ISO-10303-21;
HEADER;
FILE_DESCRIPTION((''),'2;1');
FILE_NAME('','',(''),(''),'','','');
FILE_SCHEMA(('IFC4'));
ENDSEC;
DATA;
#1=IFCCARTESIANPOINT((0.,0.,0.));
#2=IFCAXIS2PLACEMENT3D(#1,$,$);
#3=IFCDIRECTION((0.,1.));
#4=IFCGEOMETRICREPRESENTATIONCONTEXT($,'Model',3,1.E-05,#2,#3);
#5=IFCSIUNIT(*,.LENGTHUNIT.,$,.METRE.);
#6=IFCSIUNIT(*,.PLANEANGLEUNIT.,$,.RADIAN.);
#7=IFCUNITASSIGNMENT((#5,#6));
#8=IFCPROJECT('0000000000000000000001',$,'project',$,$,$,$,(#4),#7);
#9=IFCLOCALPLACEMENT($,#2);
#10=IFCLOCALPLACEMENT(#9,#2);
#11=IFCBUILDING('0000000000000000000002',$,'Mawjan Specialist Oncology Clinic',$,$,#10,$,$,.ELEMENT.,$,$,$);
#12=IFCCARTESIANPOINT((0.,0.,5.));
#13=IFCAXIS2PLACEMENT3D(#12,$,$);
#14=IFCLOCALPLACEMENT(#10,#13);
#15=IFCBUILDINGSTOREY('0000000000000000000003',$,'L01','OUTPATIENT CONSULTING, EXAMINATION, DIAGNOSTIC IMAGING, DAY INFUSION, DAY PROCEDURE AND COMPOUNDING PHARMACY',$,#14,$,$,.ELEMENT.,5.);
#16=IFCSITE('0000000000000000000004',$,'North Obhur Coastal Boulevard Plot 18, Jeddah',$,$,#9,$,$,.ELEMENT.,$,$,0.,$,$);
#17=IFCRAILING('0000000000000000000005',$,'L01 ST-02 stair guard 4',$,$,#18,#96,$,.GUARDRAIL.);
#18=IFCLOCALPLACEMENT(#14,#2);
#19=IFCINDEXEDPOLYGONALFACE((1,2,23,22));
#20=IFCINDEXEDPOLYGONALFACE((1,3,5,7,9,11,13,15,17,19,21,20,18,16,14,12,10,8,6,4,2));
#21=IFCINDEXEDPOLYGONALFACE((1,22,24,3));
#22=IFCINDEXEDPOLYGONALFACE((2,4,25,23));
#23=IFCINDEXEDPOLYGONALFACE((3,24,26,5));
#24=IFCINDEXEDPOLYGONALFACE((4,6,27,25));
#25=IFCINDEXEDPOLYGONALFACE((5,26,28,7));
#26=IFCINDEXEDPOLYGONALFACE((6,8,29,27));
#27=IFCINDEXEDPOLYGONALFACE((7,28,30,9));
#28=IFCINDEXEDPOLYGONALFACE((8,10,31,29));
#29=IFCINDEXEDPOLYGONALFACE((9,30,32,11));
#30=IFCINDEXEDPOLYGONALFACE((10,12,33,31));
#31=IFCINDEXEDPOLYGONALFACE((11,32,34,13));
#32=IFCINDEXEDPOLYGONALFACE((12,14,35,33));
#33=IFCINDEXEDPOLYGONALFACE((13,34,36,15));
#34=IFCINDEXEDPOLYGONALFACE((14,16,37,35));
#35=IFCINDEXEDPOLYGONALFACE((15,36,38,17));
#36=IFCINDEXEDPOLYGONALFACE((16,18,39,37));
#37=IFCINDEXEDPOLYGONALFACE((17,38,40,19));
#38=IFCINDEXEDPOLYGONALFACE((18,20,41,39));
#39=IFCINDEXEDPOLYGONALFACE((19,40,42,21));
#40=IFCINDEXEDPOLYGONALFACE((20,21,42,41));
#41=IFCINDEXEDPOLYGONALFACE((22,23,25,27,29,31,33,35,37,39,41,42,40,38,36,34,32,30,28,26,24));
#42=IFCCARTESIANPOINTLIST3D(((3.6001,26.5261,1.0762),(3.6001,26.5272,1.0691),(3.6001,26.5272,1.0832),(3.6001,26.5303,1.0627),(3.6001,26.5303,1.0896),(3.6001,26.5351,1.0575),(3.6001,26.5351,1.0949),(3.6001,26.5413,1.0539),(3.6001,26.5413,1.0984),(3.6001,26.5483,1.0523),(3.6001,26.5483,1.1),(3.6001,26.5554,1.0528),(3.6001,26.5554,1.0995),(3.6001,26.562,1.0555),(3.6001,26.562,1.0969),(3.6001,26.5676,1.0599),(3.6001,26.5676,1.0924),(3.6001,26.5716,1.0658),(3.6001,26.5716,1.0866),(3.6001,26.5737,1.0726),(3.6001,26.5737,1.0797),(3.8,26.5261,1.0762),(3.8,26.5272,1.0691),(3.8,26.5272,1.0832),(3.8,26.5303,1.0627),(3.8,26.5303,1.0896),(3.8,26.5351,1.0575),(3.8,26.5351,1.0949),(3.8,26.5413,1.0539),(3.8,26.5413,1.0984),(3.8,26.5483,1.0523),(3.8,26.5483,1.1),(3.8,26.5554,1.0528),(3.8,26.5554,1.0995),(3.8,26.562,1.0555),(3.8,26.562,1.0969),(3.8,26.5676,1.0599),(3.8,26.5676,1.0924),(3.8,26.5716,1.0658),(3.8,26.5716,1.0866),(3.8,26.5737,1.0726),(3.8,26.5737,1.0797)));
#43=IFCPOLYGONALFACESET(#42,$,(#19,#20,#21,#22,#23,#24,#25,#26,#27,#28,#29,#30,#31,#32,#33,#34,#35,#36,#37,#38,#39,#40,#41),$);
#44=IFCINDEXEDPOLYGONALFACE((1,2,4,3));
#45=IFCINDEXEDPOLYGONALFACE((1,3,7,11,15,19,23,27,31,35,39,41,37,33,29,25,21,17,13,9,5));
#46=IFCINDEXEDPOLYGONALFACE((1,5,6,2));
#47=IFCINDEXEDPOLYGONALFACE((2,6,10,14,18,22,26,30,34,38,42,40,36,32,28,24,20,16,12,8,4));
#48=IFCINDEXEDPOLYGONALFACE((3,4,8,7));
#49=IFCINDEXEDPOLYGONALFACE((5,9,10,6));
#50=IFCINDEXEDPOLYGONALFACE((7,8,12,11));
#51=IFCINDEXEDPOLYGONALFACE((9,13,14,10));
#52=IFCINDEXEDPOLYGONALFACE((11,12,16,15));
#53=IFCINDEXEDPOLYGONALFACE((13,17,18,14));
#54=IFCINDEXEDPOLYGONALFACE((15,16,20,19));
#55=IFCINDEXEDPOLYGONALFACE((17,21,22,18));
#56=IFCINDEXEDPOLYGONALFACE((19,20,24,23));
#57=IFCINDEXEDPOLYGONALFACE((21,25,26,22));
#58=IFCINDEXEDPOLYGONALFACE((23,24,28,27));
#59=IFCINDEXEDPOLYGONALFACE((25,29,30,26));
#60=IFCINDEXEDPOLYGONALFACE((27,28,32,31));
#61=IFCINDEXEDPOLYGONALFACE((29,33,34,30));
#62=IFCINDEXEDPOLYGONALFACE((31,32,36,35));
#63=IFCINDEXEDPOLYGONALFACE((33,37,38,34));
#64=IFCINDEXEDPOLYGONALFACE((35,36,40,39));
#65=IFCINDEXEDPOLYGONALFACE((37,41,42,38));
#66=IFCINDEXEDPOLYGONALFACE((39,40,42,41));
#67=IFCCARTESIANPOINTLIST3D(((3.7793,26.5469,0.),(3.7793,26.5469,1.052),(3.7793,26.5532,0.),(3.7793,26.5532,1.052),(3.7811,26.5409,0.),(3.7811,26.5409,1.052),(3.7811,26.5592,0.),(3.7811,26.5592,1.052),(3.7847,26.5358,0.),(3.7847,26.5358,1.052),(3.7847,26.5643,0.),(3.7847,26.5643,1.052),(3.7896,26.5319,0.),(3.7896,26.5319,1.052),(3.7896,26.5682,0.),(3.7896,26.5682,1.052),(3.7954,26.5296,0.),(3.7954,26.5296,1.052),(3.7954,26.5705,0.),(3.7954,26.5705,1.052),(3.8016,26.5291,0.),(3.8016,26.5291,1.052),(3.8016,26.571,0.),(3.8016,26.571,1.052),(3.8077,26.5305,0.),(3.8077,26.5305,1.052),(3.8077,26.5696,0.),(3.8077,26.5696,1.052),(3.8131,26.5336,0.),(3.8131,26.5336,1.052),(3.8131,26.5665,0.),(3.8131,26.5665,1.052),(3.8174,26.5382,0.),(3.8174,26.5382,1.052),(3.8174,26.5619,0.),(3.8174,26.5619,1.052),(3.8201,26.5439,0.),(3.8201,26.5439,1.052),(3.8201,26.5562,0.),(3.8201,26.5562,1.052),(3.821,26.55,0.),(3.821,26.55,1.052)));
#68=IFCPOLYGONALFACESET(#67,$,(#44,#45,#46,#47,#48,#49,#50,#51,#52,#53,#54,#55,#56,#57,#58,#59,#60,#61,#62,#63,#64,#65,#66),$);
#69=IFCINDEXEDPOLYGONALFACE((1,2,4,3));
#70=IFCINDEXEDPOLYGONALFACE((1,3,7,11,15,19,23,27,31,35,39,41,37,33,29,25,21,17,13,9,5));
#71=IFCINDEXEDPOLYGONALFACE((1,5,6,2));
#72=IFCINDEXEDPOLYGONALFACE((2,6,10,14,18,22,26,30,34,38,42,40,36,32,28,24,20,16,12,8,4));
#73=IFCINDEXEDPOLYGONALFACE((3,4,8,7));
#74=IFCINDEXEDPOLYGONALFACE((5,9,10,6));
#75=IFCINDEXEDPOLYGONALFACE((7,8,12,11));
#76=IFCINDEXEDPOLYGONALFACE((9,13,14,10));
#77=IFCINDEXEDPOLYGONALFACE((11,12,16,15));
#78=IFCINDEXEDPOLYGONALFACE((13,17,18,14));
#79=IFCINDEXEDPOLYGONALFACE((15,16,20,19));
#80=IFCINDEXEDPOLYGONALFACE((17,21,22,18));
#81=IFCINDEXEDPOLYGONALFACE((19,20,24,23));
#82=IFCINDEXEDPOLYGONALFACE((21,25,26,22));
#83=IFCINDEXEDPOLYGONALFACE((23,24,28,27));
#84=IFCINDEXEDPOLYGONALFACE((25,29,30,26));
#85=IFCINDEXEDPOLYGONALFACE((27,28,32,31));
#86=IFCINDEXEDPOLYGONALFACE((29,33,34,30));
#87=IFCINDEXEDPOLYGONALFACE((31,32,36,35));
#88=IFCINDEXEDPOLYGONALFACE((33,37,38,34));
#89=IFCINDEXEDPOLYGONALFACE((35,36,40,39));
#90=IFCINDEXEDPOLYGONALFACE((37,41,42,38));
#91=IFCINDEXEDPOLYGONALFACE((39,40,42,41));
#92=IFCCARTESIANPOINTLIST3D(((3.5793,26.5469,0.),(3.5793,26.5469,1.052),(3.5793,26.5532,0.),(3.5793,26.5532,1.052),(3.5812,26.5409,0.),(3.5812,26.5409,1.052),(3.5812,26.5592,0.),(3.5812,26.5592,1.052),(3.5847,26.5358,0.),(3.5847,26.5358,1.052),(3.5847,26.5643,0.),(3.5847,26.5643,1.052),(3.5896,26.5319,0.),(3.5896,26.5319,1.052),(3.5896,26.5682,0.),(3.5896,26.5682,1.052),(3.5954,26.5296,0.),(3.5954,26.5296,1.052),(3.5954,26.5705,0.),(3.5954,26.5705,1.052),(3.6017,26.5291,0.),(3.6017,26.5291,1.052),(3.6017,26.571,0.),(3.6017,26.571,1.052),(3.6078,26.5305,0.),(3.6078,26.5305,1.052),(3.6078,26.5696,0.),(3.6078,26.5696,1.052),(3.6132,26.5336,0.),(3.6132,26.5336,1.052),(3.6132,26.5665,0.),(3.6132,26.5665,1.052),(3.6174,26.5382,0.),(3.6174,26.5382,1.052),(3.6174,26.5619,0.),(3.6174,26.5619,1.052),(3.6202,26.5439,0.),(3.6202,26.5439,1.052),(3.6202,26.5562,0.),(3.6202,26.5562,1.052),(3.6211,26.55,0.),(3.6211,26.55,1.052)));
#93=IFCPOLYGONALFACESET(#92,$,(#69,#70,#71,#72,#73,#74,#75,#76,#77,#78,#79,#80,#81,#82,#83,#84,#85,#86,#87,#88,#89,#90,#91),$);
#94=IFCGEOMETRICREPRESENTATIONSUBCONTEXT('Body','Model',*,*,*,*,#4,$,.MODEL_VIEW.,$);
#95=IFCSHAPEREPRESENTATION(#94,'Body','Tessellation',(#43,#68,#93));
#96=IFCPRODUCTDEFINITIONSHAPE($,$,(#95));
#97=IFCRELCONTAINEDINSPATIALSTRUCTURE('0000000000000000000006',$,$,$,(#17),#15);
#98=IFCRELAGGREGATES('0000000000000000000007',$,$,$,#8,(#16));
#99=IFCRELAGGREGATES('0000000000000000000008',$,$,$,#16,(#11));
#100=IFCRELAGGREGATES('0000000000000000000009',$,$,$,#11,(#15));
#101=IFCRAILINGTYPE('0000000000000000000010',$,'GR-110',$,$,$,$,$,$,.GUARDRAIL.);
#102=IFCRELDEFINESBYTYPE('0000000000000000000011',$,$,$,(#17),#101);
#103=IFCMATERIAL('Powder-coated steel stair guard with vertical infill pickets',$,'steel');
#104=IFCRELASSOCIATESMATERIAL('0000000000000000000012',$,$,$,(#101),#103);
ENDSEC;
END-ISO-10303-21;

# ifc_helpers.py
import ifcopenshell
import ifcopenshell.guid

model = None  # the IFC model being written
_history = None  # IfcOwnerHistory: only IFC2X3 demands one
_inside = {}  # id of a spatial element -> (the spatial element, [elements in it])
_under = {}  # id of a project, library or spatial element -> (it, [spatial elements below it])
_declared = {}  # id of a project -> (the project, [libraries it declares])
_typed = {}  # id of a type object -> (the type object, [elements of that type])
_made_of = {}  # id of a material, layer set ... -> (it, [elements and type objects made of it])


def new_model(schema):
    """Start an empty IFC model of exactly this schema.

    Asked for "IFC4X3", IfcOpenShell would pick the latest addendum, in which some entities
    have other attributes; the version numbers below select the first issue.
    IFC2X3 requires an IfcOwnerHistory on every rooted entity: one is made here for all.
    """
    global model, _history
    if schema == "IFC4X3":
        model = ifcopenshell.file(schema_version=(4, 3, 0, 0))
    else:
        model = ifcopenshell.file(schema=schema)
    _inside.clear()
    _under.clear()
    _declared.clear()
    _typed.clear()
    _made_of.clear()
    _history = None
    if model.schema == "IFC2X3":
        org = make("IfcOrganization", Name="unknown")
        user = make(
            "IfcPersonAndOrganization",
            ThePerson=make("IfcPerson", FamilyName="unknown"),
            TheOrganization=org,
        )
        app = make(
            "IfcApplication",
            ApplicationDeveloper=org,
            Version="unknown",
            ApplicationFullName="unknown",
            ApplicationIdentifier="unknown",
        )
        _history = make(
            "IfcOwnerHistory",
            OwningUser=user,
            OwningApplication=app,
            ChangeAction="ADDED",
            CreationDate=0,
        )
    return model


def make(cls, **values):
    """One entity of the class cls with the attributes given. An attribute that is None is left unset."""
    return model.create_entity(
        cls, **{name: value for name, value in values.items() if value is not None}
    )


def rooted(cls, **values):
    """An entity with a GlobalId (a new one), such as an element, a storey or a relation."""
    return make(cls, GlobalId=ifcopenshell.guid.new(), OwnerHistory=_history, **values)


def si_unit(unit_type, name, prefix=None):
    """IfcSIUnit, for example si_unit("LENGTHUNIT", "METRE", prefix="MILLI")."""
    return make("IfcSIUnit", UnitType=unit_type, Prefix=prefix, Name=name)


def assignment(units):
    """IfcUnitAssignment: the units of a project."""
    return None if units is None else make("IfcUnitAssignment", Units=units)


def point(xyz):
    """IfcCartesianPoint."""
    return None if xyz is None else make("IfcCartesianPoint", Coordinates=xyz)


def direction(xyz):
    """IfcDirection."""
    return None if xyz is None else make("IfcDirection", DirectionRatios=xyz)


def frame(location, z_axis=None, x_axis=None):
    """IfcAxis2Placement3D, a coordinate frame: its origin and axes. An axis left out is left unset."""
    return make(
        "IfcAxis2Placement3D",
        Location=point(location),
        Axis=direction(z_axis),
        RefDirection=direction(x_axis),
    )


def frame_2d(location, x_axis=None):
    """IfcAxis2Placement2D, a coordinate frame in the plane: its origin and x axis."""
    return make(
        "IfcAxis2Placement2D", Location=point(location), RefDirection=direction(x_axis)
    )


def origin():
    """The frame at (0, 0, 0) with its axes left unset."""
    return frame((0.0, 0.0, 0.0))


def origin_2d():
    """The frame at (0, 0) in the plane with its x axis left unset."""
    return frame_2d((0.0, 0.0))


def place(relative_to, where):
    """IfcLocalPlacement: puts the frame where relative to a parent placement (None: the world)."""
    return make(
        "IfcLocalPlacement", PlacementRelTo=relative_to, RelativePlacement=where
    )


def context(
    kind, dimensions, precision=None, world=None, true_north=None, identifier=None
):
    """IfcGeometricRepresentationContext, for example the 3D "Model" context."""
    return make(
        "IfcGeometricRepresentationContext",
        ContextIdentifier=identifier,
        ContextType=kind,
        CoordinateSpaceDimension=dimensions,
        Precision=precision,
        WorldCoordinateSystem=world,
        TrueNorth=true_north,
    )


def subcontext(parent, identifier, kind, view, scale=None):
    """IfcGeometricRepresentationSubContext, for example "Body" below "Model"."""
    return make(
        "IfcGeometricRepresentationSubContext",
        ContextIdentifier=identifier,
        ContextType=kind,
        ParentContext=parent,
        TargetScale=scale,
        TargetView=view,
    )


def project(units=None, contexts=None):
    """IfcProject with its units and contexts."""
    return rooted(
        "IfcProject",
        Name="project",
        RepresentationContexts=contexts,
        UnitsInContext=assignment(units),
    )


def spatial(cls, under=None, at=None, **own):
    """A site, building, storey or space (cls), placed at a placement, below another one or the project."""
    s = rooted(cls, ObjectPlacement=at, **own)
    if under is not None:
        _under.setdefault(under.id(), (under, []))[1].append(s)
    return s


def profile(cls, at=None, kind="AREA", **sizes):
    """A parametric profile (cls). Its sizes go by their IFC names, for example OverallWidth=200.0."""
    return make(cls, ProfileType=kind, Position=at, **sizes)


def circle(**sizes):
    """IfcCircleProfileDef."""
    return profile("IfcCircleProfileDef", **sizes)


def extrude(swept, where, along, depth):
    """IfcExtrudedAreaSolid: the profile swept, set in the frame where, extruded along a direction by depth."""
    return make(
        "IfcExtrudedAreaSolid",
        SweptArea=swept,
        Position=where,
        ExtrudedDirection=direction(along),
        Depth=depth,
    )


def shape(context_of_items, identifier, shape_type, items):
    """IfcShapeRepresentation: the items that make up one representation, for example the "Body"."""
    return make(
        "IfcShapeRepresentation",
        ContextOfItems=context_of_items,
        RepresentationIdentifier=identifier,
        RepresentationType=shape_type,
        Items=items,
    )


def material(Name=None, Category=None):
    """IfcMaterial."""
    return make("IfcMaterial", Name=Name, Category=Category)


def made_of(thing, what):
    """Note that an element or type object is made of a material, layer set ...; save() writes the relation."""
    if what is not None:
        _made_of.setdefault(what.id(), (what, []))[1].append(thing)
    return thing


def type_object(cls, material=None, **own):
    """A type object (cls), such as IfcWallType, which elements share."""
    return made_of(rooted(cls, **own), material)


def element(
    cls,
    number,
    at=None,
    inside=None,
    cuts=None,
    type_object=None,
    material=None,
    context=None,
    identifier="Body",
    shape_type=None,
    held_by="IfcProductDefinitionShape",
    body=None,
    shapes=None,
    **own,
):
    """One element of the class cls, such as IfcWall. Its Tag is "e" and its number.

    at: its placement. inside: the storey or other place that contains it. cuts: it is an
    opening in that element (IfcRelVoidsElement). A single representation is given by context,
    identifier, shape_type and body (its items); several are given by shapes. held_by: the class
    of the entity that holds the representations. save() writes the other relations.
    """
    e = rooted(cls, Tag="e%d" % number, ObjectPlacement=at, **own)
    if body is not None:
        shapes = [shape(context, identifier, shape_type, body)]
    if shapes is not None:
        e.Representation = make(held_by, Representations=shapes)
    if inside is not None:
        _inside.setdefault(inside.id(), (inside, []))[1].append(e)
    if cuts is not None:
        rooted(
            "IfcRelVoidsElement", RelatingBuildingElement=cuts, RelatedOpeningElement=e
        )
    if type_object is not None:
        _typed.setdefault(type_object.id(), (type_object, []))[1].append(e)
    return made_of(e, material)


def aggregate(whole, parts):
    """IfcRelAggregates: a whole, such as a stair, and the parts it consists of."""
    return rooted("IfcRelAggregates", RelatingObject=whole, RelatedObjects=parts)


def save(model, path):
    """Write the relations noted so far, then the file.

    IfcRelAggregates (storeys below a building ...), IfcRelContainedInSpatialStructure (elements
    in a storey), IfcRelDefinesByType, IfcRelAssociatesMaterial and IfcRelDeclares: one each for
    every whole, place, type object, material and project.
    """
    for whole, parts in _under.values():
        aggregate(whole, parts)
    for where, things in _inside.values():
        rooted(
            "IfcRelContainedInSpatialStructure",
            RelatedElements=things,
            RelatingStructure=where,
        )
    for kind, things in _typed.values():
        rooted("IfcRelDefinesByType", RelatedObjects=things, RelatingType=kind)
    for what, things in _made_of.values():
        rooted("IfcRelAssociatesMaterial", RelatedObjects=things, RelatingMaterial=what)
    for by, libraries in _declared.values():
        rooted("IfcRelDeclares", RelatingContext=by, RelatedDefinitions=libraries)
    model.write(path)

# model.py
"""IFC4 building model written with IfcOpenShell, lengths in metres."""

from ifc_helpers import new_model, si_unit, direction, frame, origin, origin_2d, place, context, subcontext, project, spatial, circle, extrude, material, type_object, element, save


model = new_model("IFC4")

# Units and contexts
model_context = context("Model", 3, precision=1e-05, world=origin(), true_north=direction((0.0, 1.0)))
body_context = subcontext(model_context, "Body", "Model", "MODEL_VIEW")
ifc_project = project(units=[si_unit("LENGTHUNIT", "METRE"), si_unit("PLANEANGLEUNIT", "RADIAN")], contexts=[model_context])

# Site, building, storey
site_placement = place(None, origin())
site = spatial("IfcSite", under=ifc_project, at=site_placement, Name="North Obhur Coastal Boulevard Plot 18, Jeddah", CompositionType="ELEMENT", RefElevation=0.0)
building_placement = place(site_placement, origin())
building = spatial("IfcBuilding", under=site, at=building_placement, Name="Mawjan Specialist Oncology Clinic", CompositionType="ELEMENT")
storey_placement = place(building_placement, frame((0.0, 0.0, 5.0)))
storey = spatial("IfcBuildingStorey", under=building, at=storey_placement, Name="L01", Description="OUTPATIENT CONSULTING, EXAMINATION, DIAGNOSTIC IMAGING, DAY INFUSION, DAY PROCEDURE AND COMPOUNDING PHARMACY", CompositionType="ELEMENT", Elevation=5.0)

# Railing
ifc_material_1 = material(Name="Powder-coated steel stair guard with vertical infill pickets", Category="steel")
railing_type_1 = type_object("IfcRailingType", Name="GR-110", PredefinedType="GUARDRAIL", material=ifc_material_1)
railing_1_placement = place(storey_placement, frame((3.8, 26.55, 0.0)))
element("IfcRailing", 1, at=railing_1_placement, inside=storey, type_object=railing_type_1, Name="L01 ST-02 stair guard 4", PredefinedType="GUARDRAIL", context=body_context, shape_type="SweptSolid", body=[
    extrude(circle(Radius=0.0239, at=origin_2d()), frame((0.0, 0.0, 1.0762), z_axis=(-1.0, 0.0, 0.0), x_axis=(0.0, -1.0, 0.0)), (0.0, 0.0, 1.0), 0.2),
    extrude(circle(Radius=0.021, at=origin_2d()), origin(), (0.0, 0.0, 1.0), 1.052),
    extrude(circle(Radius=0.021, at=origin_2d()), frame((-0.2, 0.0, 0.0)), (0.0, 0.0, 1.0), 1.052),
])

save(model, "model.ifc")
